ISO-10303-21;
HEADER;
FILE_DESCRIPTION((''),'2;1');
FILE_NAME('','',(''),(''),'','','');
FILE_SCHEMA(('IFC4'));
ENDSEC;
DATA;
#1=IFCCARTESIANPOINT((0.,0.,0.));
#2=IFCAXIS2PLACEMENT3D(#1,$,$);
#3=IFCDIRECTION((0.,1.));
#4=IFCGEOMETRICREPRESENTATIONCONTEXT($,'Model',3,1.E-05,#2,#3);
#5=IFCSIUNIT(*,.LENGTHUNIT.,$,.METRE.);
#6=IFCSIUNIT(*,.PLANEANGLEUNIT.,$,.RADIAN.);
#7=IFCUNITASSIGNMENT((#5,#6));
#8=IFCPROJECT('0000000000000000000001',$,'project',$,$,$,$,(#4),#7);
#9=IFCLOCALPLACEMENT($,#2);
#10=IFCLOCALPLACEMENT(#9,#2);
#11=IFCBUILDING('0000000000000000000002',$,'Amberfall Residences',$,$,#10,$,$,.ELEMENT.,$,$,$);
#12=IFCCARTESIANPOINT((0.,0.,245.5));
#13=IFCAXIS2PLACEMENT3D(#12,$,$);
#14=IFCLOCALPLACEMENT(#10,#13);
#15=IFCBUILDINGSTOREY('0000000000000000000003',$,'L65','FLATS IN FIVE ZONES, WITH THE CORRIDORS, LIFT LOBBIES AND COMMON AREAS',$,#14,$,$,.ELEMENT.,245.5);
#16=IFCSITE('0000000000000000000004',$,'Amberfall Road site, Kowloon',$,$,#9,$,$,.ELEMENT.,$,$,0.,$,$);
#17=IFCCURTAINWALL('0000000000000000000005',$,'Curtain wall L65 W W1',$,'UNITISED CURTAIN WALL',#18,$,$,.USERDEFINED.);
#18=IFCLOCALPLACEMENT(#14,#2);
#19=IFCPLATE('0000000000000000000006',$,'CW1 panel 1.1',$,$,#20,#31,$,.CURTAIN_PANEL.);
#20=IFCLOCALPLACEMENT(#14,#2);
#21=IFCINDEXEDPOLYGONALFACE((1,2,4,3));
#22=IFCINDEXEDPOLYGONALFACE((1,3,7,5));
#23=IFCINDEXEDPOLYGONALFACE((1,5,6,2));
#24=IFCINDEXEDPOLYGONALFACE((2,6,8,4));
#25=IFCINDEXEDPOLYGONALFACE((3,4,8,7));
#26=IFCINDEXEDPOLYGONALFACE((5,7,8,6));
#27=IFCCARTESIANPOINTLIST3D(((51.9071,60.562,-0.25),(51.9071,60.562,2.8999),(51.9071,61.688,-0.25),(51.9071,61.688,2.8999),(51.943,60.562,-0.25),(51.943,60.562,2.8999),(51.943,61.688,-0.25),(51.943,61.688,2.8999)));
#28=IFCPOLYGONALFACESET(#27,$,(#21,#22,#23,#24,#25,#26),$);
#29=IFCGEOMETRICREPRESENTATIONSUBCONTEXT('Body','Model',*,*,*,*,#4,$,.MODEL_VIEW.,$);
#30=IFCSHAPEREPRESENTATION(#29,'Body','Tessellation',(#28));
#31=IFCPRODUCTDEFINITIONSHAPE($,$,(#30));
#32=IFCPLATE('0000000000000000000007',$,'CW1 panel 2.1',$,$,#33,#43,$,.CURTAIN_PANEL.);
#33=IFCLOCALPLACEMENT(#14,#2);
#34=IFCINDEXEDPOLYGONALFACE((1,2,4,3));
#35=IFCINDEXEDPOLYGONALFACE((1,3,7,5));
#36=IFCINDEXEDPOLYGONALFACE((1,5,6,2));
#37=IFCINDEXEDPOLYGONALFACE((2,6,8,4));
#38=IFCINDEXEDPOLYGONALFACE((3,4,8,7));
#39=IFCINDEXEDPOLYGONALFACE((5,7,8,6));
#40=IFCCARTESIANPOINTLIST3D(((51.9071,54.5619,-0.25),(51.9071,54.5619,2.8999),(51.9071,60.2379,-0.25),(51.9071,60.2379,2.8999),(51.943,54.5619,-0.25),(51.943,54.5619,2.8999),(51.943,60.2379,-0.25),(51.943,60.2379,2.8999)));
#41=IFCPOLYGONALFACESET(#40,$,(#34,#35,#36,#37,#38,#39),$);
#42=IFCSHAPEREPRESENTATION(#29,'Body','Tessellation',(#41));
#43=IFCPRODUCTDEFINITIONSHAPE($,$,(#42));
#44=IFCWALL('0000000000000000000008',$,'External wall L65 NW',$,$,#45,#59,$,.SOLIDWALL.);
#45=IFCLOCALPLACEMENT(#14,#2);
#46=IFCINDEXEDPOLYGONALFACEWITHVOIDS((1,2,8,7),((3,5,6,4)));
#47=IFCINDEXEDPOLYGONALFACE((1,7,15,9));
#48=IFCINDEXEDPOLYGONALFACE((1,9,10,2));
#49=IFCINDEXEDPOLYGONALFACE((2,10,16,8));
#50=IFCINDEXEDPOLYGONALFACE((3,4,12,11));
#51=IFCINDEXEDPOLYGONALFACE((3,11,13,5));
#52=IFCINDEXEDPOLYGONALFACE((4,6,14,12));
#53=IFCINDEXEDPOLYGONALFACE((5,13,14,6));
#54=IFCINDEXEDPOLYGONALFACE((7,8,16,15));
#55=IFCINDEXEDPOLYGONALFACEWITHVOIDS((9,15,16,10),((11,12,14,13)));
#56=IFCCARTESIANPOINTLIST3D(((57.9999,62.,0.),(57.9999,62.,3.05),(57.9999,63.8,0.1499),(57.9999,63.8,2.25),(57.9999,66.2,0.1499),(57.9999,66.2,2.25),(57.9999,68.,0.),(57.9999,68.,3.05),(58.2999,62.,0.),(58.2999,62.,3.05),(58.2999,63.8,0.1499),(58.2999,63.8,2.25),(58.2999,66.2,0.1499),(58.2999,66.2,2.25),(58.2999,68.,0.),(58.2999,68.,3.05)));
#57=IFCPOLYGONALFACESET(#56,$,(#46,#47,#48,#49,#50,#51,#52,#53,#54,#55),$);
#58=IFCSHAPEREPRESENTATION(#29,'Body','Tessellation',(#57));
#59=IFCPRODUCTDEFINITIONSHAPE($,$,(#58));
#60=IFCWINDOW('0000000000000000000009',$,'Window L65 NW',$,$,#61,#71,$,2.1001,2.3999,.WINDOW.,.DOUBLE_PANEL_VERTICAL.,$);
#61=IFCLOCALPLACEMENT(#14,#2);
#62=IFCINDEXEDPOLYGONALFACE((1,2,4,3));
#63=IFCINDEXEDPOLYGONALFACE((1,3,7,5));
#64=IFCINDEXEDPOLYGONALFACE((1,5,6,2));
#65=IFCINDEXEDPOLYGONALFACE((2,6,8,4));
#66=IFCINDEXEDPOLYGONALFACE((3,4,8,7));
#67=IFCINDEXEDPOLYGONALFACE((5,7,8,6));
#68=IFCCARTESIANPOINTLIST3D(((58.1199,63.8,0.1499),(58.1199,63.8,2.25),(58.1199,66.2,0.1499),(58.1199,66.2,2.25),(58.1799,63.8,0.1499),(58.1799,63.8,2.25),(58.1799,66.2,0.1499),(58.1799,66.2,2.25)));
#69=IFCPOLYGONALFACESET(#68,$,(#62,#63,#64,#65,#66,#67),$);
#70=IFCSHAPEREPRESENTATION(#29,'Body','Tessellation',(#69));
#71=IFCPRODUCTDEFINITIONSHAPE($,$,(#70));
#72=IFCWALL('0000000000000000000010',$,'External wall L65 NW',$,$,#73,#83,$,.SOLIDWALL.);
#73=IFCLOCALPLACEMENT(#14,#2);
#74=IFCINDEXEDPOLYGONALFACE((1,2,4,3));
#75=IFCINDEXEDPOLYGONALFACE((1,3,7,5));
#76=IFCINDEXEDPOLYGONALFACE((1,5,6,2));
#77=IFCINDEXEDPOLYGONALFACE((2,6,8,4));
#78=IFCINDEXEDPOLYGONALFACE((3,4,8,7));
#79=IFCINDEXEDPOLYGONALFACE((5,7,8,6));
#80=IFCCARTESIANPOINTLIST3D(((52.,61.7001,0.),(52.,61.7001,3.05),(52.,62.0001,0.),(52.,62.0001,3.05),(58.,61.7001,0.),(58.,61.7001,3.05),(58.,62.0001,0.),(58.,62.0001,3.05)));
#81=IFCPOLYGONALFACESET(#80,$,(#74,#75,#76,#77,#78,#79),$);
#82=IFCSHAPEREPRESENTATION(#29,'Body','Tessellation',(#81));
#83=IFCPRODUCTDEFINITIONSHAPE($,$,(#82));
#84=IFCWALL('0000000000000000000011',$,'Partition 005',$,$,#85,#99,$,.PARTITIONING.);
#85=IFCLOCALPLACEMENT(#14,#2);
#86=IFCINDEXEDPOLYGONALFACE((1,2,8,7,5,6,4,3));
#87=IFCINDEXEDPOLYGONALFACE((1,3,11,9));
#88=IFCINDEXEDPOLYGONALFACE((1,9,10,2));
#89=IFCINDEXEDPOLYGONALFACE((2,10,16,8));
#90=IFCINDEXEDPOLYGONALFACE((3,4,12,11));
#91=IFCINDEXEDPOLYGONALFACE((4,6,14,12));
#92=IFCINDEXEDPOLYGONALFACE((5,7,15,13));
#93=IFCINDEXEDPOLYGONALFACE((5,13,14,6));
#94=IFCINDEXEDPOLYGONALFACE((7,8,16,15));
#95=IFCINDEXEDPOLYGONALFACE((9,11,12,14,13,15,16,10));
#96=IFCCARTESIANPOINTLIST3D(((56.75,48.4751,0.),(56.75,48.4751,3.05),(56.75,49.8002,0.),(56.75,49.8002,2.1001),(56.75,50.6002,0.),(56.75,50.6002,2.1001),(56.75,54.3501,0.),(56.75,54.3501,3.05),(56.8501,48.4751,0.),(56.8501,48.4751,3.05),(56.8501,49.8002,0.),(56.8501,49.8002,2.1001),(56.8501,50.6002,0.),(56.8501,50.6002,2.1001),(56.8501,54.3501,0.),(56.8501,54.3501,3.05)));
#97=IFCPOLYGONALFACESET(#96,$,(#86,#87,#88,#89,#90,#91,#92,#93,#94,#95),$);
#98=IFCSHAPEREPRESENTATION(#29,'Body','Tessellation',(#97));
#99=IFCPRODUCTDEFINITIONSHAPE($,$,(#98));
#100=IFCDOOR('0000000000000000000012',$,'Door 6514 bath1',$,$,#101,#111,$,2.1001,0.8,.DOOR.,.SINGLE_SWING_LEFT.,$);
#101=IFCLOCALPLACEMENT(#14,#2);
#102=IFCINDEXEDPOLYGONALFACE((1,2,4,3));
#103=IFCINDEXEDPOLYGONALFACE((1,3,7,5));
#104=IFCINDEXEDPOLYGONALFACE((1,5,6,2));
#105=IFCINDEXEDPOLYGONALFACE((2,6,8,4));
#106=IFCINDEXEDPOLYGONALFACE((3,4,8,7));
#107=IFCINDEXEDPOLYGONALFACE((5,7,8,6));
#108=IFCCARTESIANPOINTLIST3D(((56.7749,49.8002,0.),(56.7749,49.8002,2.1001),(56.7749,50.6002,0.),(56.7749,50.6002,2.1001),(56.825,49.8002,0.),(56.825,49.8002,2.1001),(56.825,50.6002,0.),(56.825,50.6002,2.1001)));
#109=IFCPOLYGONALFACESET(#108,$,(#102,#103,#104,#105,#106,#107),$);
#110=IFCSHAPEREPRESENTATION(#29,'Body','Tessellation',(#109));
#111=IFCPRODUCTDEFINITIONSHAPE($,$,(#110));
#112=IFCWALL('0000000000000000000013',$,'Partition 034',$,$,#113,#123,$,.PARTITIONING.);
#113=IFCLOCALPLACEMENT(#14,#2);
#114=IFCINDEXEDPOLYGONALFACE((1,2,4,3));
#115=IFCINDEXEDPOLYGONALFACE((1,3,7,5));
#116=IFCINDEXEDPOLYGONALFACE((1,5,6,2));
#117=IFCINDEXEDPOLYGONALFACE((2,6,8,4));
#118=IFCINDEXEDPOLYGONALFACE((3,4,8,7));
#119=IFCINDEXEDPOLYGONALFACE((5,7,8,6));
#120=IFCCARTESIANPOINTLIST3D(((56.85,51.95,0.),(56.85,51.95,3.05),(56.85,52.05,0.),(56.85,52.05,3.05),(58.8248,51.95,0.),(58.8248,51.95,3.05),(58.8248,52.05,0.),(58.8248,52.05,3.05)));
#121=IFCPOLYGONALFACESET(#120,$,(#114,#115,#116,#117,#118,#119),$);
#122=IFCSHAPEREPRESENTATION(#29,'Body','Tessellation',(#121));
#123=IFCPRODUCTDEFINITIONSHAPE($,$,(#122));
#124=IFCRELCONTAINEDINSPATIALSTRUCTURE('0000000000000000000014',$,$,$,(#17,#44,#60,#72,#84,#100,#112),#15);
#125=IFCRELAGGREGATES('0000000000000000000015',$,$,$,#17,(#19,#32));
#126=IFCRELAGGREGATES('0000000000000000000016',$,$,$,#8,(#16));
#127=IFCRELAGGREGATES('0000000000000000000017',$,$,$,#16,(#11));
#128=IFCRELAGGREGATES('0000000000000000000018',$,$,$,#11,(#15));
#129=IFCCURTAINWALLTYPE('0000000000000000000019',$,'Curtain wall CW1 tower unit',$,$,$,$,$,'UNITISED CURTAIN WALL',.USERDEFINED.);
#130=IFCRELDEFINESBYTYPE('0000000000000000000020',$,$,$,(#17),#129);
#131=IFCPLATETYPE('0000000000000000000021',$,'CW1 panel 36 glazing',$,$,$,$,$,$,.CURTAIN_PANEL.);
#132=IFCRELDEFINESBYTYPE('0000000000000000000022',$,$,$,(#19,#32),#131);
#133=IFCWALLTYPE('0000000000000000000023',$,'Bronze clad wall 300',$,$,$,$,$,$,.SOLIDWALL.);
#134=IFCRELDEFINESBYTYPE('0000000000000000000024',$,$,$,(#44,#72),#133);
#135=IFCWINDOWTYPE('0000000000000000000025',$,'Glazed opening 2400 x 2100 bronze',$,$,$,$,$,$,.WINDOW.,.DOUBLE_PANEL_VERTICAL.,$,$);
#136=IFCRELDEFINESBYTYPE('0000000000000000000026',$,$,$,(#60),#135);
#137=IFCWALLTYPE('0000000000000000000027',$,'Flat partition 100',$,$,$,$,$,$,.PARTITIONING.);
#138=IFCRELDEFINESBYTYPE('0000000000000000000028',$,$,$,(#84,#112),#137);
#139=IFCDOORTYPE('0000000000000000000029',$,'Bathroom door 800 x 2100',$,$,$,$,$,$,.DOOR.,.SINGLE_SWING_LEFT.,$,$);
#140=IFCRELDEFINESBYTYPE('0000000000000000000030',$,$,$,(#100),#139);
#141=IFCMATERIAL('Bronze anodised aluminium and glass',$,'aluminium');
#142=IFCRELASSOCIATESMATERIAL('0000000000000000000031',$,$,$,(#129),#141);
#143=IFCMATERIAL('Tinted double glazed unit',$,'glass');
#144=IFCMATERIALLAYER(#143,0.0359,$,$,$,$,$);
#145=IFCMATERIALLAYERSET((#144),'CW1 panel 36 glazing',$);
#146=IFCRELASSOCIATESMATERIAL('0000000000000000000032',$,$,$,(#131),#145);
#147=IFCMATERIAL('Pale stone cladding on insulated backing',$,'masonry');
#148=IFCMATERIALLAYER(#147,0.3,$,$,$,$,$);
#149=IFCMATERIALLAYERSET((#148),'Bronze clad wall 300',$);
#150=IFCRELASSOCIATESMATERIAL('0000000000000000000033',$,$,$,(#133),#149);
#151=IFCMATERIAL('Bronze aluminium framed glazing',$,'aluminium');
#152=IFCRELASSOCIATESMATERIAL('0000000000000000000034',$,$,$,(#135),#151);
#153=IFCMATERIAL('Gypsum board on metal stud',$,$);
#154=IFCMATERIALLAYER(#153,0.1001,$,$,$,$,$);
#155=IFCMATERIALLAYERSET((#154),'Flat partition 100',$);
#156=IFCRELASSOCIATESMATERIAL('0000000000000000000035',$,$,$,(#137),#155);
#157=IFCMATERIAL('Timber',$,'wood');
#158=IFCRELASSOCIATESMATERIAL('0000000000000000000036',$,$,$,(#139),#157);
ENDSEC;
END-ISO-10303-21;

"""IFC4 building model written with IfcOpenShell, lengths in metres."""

from ifc_helpers import new_model, si_unit, direction, frame, frame_2d, origin, origin_2d, place, context, subcontext, project, spatial, rectangle, extrude, material, layer, layer_set, type_object, element, fill, aggregate, save


model = new_model("IFC4")

# Units and contexts
model_context = context("Model", 3, precision=1e-05, world=origin(), true_north=direction((0.0, 1.0)))
body_context = subcontext(model_context, "Body", "Model", "MODEL_VIEW")
ifc_project = project(units=[si_unit("LENGTHUNIT", "METRE"), si_unit("PLANEANGLEUNIT", "RADIAN")], contexts=[model_context])

# Site, building, storey
site_placement = place(None, origin())
site = spatial("IfcSite", under=ifc_project, at=site_placement, Name="Amberfall Road site, Kowloon", CompositionType="ELEMENT", RefElevation=0.0)
building_placement = place(site_placement, origin())
building = spatial("IfcBuilding", under=site, at=building_placement, Name="Amberfall Residences", CompositionType="ELEMENT")
storey_placement = place(building_placement, frame((0.0, 0.0, 245.5)))
storey = spatial("IfcBuildingStorey", under=building, at=storey_placement, Name="L65", Description="FLATS IN FIVE ZONES, WITH THE CORRIDORS, LIFT LOBBIES AND COMMON AREAS", CompositionType="ELEMENT", Elevation=245.5)

# Curtain wall
ifc_material_1 = material(Name="Bronze anodised aluminium and glass", Category="aluminium")
curtain_wall_type = type_object("IfcCurtainWallType", Name="Curtain wall CW1 tower unit", ElementType="UNITISED CURTAIN WALL", PredefinedType="USERDEFINED", material=ifc_material_1)
curtain_wall_1_placement = place(storey_placement, origin())
curtain_wall_1 = element("IfcCurtainWall", 1, at=curtain_wall_1_placement, inside=storey, type_object=curtain_wall_type, Name="Curtain wall L65 W W1", ObjectType="UNITISED CURTAIN WALL", PredefinedType="USERDEFINED")

# Plates
ifc_material_2 = material(Name="Tinted double glazed unit", Category="glass")
ifc_layer_1 = layer(ifc_material_2, 0.0359)
ifc_layer_set_1 = layer_set([ifc_layer_1], Name="CW1 panel 36 glazing")
plate_type = type_object("IfcPlateType", Name="CW1 panel 36 glazing", PredefinedType="CURTAIN_PANEL", material=ifc_layer_set_1)
plate_1_placement = place(storey_placement, frame((51.925, 61.125, -0.25), z_axis=(0.0, 0.0, 1.0), x_axis=(0.0, -1.0, 0.0)))
plate_1 = element("IfcPlate", 2, at=plate_1_placement, type_object=plate_type, Name="CW1 panel 1.1", PredefinedType="CURTAIN_PANEL", context=body_context, shape_type="SweptSolid", body=[
    extrude(rectangle(XDim=1.126, YDim=0.0359, at=origin_2d()), origin(), (0.0, 0.0, 1.0), 3.1499),
])
plate_2_placement = place(storey_placement, frame((51.925, 57.3999, -0.25), z_axis=(0.0, 0.0, 1.0), x_axis=(0.0, -1.0, 0.0)))
plate_2 = element("IfcPlate", 3, at=plate_2_placement, type_object=plate_type, Name="CW1 panel 2.1", PredefinedType="CURTAIN_PANEL", context=body_context, shape_type="SweptSolid", body=[
    extrude(rectangle(XDim=5.676, YDim=0.0359, at=origin_2d()), origin(), (0.0, 0.0, 1.0), 3.1499),
])
aggregate(curtain_wall_1, [plate_1, plate_2])

# Wall, opening, window
ifc_material_3 = material(Name="Pale stone cladding on insulated backing", Category="masonry")
ifc_layer_2 = layer(ifc_material_3, 0.3)
ifc_layer_set_2 = layer_set([ifc_layer_2], Name="Bronze clad wall 300")
wall_type_1 = type_object("IfcWallType", Name="Bronze clad wall 300", PredefinedType="SOLIDWALL", material=ifc_layer_set_2)
wall_1_placement = place(storey_placement, frame((58.1499, 68.0, 0.0), z_axis=(0.0, 0.0, 1.0), x_axis=(0.0, -1.0, 0.0)))
wall_1 = element("IfcWall", 4, at=wall_1_placement, inside=storey, type_object=wall_type_1, Name="External wall L65 NW", PredefinedType="SOLIDWALL", context=body_context, shape_type="SweptSolid", body=[
    extrude(rectangle(XDim=6.0, YDim=0.3, at=frame_2d((3.0, 0.0))), origin(), (0.0, 0.0, 1.0), 3.05),
])
opening_1_placement = place(wall_1_placement, frame((1.8, 0.0, 0.1499)))
opening_1 = element("IfcOpeningElement", 5, at=opening_1_placement, cuts=wall_1, PredefinedType="OPENING", context=body_context, shape_type="SweptSolid", body=[
    extrude(rectangle(XDim=2.3999, YDim=2.1001, at=frame_2d((1.2, 1.05))), frame((0.0, 0.1599, 0.0), z_axis=(0.0, -1.0, 0.0), x_axis=(1.0, 0.0, 0.0)), (0.0, 0.0, 1.0), 0.3201),
])
ifc_material_4 = material(Name="Bronze aluminium framed glazing", Category="aluminium")
window_type = type_object("IfcWindowType", Name="Glazed opening 2400 x 2100 bronze", PartitioningType="DOUBLE_PANEL_VERTICAL", PredefinedType="WINDOW", material=ifc_material_4)
window_placement = place(opening_1_placement, origin())
window = element("IfcWindow", 6, at=window_placement, inside=storey, type_object=window_type, Name="Window L65 NW", OverallHeight=2.1001, OverallWidth=2.3999, PartitioningType="DOUBLE_PANEL_VERTICAL", PredefinedType="WINDOW", context=body_context, shape_type="SweptSolid", body=[
    extrude(rectangle(XDim=2.3999, YDim=2.1001, at=frame_2d((1.2, 1.05))), frame((0.0, 0.03, 0.0), z_axis=(0.0, -1.0, 0.0), x_axis=(1.0, 0.0, 0.0)), (0.0, 0.0, 1.0), 0.0601),
])
fill(opening_1, window)

# Wall
wall_2_placement = place(storey_placement, frame((58.0, 61.8501, 0.0), z_axis=(0.0, 0.0, 1.0), x_axis=(-1.0, 0.0, 0.0)))
element("IfcWall", 7, at=wall_2_placement, inside=storey, type_object=wall_type_1, Name="External wall L65 NW", PredefinedType="SOLIDWALL", context=body_context, shape_type="SweptSolid", body=[
    extrude(rectangle(XDim=6.0, YDim=0.3, at=frame_2d((3.0, 0.0))), origin(), (0.0, 0.0, 1.0), 3.05),
])

# Wall, opening, door
ifc_material_5 = material(Name="Gypsum board on metal stud")
ifc_layer_3 = layer(ifc_material_5, 0.1001)
ifc_layer_set_3 = layer_set([ifc_layer_3], Name="Flat partition 100")
wall_type_2 = type_object("IfcWallType", Name="Flat partition 100", PredefinedType="PARTITIONING", material=ifc_layer_set_3)
wall_3_placement = place(storey_placement, frame((56.8, 54.3501, 0.0), z_axis=(0.0, 0.0, 1.0), x_axis=(0.0, -1.0, 0.0)))
wall_3 = element("IfcWall", 8, at=wall_3_placement, inside=storey, type_object=wall_type_2, Name="Partition 005", PredefinedType="PARTITIONING", context=body_context, shape_type="SweptSolid", body=[
    extrude(rectangle(XDim=5.875, YDim=0.1001, at=frame_2d((2.9375, 0.0))), origin(), (0.0, 0.0, 1.0), 3.05),
])
opening_2_placement = place(wall_3_placement, frame((3.75, 0.0, 0.0)))
opening_2 = element("IfcOpeningElement", 9, at=opening_2_placement, cuts=wall_3, PredefinedType="OPENING", context=body_context, shape_type="SweptSolid", body=[
    extrude(rectangle(XDim=0.8, YDim=2.1001, at=frame_2d((0.3999, 1.05))), frame((0.0, 0.0601, 0.0), z_axis=(0.0, -1.0, 0.0), x_axis=(1.0, 0.0, 0.0)), (0.0, 0.0, 1.0), 0.1201),
])
ifc_material_6 = material(Name="Timber", Category="wood")
door_type = type_object("IfcDoorType", Name="Bathroom door 800 x 2100", OperationType="SINGLE_SWING_LEFT", PredefinedType="DOOR", material=ifc_material_6)
door_placement = place(opening_2_placement, origin())
door = element("IfcDoor", 10, at=door_placement, inside=storey, type_object=door_type, Name="Door 6514 bath1", OperationType="SINGLE_SWING_LEFT", OverallHeight=2.1001, OverallWidth=0.8, PredefinedType="DOOR", context=body_context, shape_type="SweptSolid", body=[
    extrude(rectangle(XDim=0.8, YDim=2.1001, at=frame_2d((0.3999, 1.05))), frame((0.0, 0.0249, 0.0), z_axis=(0.0, -1.0, 0.0), x_axis=(1.0, 0.0, 0.0)), (0.0, 0.0, 1.0), 0.05),
])
fill(opening_2, door)

# Wall
wall_4_placement = place(storey_placement, frame((56.8501, 52.0, 0.0), z_axis=(0.0, 0.0, 1.0), x_axis=(1.0, 0.0, 0.0)))
element("IfcWall", 11, at=wall_4_placement, inside=storey, type_object=wall_type_2, Name="Partition 034", PredefinedType="PARTITIONING", context=body_context, shape_type="SweptSolid", body=[
    extrude(rectangle(XDim=1.9749, YDim=0.1001, at=frame_2d((0.9873, 0.0))), origin(), (0.0, 0.0, 1.0), 3.05),
])

save(model, "model.ifc")
